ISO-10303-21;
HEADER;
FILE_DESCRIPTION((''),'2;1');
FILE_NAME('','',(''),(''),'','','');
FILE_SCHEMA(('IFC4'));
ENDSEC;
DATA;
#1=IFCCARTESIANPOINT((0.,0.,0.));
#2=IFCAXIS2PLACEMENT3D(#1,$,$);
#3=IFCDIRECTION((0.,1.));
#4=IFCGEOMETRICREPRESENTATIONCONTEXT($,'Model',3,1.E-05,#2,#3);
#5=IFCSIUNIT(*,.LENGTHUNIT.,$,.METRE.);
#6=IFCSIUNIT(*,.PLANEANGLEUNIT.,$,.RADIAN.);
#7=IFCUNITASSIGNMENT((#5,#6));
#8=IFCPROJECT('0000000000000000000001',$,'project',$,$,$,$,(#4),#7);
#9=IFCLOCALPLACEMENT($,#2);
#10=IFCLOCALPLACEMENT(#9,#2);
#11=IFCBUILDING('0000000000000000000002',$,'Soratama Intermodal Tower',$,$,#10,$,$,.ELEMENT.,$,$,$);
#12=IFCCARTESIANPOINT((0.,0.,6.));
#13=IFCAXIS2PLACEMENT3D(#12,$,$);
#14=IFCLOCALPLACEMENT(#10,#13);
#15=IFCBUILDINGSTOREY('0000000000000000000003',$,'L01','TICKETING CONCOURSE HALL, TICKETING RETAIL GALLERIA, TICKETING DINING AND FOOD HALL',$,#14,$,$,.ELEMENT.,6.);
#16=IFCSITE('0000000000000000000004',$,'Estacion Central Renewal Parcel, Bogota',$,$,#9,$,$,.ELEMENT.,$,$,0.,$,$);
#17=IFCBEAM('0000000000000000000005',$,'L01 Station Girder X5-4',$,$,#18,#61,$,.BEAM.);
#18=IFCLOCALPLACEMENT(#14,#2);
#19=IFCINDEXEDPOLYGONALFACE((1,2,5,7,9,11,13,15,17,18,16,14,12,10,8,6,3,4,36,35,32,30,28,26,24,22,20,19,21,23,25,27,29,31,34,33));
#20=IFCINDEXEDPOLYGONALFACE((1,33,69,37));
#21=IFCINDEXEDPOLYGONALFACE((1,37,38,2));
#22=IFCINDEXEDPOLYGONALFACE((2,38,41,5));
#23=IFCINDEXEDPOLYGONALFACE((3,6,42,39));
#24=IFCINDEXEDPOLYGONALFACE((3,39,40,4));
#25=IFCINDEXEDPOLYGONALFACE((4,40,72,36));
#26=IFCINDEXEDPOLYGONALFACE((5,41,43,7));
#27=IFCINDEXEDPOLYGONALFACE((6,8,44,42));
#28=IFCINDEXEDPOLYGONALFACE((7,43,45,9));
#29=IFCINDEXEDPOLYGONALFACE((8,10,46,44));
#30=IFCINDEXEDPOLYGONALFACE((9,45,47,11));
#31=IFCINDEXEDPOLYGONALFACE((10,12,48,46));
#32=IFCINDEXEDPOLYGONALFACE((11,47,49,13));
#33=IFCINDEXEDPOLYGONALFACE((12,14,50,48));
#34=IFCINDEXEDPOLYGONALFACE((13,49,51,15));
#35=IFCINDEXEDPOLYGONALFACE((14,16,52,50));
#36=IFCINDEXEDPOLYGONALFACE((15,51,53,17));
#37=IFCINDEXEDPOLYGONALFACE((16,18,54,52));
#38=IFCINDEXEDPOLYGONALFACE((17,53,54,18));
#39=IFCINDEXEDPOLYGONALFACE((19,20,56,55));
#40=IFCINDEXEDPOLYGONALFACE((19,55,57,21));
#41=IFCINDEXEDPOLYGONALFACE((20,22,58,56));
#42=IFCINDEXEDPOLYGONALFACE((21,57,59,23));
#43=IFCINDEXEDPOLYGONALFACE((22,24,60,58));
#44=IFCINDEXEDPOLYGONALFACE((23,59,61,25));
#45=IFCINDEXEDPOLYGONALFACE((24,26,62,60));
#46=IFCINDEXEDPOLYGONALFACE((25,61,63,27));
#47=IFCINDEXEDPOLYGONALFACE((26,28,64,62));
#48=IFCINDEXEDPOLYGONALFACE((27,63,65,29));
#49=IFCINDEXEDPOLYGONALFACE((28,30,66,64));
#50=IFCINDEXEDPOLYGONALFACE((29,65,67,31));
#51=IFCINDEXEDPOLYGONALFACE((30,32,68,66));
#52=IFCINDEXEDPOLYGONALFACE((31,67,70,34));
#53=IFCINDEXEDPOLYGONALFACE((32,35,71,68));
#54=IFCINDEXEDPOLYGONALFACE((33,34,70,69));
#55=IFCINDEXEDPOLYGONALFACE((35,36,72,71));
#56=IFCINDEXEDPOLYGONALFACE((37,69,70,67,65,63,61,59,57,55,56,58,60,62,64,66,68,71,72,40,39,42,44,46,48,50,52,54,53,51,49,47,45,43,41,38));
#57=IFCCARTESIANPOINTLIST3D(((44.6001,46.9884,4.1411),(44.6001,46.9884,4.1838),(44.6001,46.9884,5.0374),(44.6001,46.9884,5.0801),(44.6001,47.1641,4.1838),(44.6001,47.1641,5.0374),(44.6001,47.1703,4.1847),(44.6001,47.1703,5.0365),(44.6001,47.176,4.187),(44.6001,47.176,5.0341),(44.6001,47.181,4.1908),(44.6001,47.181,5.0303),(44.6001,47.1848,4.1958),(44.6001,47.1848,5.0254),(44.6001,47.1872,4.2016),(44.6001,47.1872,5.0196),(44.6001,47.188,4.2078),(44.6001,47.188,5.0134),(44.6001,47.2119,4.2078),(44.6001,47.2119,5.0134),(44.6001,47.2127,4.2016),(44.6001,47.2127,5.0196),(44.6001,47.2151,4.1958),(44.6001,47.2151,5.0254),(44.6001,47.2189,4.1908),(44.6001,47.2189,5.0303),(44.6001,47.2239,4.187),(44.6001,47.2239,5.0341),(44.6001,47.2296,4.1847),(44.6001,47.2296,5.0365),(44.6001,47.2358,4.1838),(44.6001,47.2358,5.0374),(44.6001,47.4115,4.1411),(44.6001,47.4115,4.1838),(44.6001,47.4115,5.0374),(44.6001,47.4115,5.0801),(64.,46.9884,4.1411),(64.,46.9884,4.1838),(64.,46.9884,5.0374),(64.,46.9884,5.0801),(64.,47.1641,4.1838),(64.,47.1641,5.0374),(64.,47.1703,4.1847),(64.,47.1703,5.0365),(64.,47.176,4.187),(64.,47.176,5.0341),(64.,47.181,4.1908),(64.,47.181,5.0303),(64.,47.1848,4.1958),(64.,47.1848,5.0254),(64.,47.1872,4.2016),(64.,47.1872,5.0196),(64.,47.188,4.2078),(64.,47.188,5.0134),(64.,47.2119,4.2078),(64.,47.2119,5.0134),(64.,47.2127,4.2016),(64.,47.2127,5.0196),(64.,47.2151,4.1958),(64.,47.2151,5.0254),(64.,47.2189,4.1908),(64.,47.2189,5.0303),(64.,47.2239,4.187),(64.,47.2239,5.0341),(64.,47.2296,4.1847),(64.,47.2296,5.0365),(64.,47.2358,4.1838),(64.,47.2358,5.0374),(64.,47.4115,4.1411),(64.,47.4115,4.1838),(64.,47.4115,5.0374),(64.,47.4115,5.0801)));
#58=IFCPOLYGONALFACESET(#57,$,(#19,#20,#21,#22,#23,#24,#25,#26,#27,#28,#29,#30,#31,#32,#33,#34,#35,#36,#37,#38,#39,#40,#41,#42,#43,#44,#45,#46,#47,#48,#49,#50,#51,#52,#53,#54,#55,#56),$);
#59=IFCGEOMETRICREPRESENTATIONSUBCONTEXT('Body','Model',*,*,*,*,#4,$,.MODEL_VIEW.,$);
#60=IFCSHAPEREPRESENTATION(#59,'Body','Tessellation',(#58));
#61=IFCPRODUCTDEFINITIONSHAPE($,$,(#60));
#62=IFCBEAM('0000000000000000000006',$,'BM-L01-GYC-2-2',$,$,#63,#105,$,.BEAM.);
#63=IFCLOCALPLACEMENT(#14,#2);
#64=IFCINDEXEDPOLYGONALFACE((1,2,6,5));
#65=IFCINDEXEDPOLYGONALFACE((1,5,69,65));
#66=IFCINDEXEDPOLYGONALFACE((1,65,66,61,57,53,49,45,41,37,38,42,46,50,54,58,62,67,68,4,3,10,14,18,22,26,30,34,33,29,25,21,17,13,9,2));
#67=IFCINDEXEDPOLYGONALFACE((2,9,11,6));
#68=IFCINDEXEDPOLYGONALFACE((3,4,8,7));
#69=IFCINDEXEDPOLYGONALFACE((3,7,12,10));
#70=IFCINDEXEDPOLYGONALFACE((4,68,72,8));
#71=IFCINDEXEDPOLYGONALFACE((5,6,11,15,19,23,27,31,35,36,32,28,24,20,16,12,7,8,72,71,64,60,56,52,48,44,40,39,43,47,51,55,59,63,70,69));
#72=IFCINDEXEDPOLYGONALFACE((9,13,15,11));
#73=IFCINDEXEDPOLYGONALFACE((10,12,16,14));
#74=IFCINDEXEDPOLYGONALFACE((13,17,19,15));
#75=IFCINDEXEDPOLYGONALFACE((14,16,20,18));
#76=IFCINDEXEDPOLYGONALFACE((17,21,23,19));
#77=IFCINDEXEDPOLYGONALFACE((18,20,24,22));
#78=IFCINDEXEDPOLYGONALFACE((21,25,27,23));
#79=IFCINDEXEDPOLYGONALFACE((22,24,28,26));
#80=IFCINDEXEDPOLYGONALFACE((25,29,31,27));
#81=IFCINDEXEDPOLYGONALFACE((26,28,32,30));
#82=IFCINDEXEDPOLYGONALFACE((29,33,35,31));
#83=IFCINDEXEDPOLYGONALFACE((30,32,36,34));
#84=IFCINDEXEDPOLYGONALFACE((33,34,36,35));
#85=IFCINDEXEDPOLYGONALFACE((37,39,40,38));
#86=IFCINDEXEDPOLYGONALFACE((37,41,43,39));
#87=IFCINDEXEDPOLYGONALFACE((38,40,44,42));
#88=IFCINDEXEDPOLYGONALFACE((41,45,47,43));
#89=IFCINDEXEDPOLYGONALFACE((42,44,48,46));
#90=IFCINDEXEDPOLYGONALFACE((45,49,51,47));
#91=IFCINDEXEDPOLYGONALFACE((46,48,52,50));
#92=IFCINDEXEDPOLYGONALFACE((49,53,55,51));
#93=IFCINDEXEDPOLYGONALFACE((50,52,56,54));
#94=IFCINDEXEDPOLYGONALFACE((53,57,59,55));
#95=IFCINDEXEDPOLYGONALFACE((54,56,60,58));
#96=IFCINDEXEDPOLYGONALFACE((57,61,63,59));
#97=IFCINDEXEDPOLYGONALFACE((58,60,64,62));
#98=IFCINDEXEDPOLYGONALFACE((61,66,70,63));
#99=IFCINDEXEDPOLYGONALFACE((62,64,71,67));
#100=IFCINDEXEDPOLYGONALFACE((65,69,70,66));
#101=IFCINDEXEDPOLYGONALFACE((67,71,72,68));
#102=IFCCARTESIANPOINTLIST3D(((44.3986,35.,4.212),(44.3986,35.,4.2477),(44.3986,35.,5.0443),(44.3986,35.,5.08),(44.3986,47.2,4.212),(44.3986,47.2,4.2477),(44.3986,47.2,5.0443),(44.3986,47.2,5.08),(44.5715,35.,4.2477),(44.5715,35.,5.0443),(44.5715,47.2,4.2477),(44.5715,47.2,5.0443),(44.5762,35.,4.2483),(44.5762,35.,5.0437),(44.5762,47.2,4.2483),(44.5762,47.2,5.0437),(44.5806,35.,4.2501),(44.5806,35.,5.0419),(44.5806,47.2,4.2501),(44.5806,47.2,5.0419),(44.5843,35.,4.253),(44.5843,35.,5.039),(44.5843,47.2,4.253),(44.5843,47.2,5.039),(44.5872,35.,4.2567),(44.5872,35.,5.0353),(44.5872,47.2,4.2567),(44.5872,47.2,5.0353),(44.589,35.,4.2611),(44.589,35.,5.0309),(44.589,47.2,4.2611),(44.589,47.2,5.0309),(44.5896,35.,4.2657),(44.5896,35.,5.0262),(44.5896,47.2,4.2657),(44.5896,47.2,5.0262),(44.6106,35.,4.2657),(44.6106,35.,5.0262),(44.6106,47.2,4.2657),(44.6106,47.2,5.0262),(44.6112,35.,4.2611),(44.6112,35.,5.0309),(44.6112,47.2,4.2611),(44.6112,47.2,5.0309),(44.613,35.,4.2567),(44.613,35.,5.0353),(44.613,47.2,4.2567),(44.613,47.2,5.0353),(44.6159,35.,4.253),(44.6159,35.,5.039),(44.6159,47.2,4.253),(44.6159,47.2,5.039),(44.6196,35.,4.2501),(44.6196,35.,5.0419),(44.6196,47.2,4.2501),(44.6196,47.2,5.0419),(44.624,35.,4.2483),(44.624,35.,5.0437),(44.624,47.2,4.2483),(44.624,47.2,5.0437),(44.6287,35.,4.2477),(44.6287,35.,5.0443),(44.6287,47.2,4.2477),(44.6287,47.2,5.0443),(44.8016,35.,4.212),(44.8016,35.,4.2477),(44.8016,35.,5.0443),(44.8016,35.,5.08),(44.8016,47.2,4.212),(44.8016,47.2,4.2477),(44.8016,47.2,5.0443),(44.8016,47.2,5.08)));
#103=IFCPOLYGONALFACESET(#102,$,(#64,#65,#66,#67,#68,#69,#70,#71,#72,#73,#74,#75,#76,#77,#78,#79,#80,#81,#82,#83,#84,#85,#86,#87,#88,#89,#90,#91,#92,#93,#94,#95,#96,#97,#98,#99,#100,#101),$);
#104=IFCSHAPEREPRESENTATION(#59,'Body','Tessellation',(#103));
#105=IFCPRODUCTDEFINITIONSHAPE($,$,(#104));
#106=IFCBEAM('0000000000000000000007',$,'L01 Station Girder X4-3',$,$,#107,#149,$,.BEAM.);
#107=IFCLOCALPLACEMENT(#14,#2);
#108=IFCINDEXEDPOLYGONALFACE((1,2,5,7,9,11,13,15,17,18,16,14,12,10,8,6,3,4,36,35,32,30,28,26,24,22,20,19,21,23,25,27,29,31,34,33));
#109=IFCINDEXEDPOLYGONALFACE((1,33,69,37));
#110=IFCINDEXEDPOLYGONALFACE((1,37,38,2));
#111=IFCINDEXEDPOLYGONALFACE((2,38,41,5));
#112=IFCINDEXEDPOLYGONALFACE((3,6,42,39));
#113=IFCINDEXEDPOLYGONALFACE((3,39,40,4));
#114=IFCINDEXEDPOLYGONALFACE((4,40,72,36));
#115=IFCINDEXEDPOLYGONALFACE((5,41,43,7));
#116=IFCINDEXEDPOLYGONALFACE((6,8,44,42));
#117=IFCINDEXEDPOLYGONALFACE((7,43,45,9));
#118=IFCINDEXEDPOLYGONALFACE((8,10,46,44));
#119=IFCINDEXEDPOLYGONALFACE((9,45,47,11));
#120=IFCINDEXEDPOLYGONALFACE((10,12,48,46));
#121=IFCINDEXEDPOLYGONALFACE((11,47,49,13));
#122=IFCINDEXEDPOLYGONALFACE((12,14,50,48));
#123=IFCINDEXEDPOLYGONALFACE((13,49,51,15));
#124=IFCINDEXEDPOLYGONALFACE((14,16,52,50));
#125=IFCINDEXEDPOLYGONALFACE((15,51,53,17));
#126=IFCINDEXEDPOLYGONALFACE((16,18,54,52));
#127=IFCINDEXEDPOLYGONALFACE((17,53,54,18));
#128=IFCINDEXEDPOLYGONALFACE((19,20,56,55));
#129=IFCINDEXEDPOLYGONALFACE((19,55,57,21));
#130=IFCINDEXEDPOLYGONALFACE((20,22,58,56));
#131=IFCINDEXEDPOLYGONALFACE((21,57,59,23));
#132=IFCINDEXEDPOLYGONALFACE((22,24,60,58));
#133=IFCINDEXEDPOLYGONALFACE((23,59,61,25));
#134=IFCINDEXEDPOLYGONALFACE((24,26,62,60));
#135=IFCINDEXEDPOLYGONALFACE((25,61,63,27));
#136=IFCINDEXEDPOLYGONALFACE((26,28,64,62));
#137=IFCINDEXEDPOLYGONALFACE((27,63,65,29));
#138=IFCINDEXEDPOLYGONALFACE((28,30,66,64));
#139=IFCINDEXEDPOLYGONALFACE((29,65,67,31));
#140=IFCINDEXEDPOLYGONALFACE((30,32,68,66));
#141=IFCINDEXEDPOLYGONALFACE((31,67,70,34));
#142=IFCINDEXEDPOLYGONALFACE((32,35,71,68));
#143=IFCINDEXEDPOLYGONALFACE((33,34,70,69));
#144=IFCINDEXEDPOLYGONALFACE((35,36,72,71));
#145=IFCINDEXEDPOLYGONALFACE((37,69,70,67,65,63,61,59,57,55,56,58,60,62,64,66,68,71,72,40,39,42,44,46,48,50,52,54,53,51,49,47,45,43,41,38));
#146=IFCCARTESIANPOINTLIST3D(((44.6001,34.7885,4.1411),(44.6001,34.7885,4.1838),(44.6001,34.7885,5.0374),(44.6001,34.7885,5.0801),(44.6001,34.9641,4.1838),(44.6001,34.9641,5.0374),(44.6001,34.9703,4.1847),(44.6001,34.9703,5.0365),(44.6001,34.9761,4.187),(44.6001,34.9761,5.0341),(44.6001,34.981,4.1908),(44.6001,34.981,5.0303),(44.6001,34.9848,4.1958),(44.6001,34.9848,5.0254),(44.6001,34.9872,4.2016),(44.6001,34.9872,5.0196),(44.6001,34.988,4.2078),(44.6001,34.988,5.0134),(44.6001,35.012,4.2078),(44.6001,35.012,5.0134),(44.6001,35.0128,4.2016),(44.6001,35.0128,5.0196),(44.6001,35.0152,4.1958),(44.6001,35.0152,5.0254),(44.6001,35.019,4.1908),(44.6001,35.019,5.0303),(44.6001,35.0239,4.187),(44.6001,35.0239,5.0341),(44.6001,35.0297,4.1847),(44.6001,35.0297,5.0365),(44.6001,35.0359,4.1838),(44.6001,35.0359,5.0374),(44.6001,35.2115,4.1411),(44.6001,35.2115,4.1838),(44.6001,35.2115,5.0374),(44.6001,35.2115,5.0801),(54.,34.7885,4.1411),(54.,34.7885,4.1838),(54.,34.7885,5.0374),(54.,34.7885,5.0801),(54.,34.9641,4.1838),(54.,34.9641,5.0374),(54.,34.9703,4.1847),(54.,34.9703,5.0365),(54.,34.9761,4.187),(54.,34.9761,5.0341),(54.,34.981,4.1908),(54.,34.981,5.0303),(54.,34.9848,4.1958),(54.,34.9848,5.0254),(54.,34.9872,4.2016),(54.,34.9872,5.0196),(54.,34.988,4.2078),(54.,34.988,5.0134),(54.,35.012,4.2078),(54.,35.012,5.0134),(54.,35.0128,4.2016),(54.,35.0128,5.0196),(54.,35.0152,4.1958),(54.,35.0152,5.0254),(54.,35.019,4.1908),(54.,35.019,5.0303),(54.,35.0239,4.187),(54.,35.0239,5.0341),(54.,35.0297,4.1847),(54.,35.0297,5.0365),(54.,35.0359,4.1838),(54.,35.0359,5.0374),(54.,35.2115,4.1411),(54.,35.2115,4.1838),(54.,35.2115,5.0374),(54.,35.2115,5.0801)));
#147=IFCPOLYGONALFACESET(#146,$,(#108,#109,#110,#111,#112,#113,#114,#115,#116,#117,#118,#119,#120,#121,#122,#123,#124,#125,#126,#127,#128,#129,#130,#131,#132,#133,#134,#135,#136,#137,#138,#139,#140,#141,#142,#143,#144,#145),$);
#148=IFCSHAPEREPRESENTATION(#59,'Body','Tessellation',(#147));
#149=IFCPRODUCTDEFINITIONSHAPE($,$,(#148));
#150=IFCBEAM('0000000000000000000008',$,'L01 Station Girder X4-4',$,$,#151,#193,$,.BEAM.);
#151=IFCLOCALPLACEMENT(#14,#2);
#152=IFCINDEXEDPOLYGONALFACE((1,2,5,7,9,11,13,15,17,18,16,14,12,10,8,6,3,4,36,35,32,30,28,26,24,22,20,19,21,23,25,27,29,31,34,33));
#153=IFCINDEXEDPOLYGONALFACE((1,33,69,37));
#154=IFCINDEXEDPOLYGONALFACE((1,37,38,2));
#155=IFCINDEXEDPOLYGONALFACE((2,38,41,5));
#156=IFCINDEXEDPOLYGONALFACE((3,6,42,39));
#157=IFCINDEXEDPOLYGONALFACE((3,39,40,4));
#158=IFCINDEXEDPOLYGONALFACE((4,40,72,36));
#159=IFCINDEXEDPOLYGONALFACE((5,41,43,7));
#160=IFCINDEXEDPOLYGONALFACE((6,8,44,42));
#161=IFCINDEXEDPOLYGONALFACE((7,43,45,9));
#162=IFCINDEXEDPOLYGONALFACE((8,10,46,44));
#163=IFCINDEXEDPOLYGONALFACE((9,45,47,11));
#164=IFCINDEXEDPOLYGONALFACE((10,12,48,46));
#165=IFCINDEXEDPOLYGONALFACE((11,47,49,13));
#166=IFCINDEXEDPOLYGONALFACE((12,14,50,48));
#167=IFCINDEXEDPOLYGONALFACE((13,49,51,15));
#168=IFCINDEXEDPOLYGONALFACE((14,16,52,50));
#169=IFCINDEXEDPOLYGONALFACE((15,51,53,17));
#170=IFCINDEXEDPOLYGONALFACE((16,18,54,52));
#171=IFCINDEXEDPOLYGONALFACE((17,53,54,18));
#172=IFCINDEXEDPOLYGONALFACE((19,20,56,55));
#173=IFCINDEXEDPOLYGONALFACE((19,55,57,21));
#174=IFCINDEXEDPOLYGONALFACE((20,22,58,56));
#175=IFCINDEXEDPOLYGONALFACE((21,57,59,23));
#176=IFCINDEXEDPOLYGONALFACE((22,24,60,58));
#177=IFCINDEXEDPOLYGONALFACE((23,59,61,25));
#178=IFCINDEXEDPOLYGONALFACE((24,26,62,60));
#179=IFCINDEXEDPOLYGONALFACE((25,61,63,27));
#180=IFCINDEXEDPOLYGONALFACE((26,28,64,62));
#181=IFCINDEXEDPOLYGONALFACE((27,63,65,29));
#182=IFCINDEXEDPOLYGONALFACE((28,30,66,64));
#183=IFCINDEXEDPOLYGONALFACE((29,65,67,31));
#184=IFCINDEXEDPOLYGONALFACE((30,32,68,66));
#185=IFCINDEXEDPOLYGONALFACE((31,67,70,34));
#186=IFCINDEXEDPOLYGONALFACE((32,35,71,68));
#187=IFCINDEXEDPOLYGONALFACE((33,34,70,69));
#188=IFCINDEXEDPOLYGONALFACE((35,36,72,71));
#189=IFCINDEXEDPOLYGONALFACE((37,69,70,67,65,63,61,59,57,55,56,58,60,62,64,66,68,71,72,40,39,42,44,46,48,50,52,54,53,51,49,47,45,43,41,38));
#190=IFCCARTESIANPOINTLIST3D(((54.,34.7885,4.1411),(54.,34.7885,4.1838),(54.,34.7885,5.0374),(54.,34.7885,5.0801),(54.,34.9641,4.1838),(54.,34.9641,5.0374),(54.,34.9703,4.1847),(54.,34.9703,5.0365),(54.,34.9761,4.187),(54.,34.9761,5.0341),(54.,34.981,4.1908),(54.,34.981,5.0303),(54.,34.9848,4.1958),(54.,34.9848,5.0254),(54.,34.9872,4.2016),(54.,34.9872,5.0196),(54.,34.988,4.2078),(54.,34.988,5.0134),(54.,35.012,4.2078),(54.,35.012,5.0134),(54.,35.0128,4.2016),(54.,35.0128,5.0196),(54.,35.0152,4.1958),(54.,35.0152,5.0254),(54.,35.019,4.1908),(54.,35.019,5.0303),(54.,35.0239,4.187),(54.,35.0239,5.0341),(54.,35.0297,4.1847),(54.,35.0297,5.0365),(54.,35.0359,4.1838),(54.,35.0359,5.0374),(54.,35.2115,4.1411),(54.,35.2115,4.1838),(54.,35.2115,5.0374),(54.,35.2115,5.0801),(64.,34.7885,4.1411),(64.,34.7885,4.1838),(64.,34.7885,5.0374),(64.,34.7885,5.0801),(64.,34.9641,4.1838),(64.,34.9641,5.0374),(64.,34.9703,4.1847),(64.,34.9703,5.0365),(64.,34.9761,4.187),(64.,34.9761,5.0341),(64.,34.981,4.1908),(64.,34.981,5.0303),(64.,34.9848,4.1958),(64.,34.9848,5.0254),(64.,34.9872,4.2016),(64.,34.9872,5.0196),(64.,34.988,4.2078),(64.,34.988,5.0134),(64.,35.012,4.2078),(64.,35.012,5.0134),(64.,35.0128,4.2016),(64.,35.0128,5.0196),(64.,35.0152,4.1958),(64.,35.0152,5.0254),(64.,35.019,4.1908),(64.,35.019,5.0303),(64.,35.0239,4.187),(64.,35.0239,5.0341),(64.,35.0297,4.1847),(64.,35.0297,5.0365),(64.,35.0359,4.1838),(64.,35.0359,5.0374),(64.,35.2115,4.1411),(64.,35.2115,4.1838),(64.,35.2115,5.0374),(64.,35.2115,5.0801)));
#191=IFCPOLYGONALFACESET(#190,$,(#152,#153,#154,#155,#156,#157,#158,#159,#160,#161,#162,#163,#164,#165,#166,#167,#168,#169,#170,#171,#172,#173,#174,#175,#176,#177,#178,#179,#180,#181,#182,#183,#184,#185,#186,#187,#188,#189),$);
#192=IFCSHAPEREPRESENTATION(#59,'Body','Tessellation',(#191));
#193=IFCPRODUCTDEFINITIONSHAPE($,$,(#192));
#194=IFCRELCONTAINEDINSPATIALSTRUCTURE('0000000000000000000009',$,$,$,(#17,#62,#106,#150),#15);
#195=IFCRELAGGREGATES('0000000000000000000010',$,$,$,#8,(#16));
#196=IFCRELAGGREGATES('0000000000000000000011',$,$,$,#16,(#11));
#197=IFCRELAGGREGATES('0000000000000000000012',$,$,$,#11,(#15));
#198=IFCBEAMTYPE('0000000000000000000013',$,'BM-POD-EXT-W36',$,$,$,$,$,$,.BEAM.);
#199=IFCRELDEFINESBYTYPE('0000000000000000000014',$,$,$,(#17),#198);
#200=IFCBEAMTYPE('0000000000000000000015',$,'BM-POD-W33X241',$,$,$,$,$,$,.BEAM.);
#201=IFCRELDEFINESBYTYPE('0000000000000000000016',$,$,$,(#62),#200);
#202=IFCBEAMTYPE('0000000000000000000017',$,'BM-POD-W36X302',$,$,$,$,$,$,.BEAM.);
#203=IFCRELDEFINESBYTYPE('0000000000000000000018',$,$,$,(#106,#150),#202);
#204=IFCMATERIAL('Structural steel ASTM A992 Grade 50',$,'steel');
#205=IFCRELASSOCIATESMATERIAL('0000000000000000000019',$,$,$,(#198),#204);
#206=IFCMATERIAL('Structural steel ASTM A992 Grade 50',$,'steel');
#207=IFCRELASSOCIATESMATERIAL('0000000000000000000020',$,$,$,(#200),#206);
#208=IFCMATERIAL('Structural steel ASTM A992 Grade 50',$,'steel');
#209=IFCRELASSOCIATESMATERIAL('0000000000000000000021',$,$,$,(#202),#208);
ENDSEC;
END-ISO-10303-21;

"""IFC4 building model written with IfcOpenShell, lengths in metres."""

from ifc_helpers import new_model, si_unit, direction, frame, origin, origin_2d, place, context, subcontext, project, spatial, i_section, extrude, material, material_profile, profile_set, type_object, element, save


model = new_model("IFC4")

# Units and contexts
model_context = context("Model", 3, precision=1e-05, world=origin(), true_north=direction((0.0, 1.0)))
body_context = subcontext(model_context, "Body", "Model", "MODEL_VIEW")
ifc_project = project(units=[si_unit("LENGTHUNIT", "METRE"), si_unit("PLANEANGLEUNIT", "RADIAN")], contexts=[model_context])

# Site, building, storey
site_placement = place(None, origin())
site = spatial("IfcSite", under=ifc_project, at=site_placement, Name="Estacion Central Renewal Parcel, Bogota", CompositionType="ELEMENT", RefElevation=0.0)
building_placement = place(site_placement, origin())
building = spatial("IfcBuilding", under=site, at=building_placement, Name="Soratama Intermodal Tower", CompositionType="ELEMENT")
storey_placement = place(building_placement, frame((0.0, 0.0, 6.0)))
storey = spatial("IfcBuildingStorey", under=building, at=storey_placement, Name="L01", Description="TICKETING CONCOURSE HALL, TICKETING RETAIL GALLERIA, TICKETING DINING AND FOOD HALL", CompositionType="ELEMENT", Elevation=6.0)

# Beams
ifc_material_1 = material(Name="Structural steel ASTM A992 Grade 50", Category="steel")
ifc_material_profile_1 = material_profile(ifc_material_1, i_section(OverallWidth=0.4231, OverallDepth=0.939, WebThickness=0.0239, FlangeThickness=0.0427, FilletRadius=0.0239, at=origin_2d()), Name="W36X302")
ifc_profile_set_1 = profile_set([ifc_material_profile_1], Name="Structural steel ASTM A992 Grade 50")
beam_type_1 = type_object("IfcBeamType", Name="BM-POD-EXT-W36", PredefinedType="BEAM", material=ifc_profile_set_1)
beam_1_placement = place(storey_placement, frame((44.6001, 47.2, 4.6106), z_axis=(1.0, 0.0, 0.0), x_axis=(0.0, 1.0, 0.0)))
element("IfcBeam", 1, at=beam_1_placement, inside=storey, type_object=beam_type_1, Name="L01 Station Girder X5-4", PredefinedType="BEAM", context=body_context, shape_type="SweptSolid", body=[
    extrude(i_section(OverallWidth=0.4231, OverallDepth=0.939, WebThickness=0.0239, FlangeThickness=0.0427, FilletRadius=0.0239, at=origin_2d()), origin(), (0.0, 0.0, 1.0), 19.3999),
])
ifc_material_2 = material(Name="Structural steel ASTM A992 Grade 50", Category="steel")
ifc_material_profile_2 = material_profile(ifc_material_2, i_section(OverallWidth=0.4031, OverallDepth=0.8679, WebThickness=0.021, FlangeThickness=0.0356, FilletRadius=0.0181, at=origin_2d()), Name="W33X241")
ifc_profile_set_2 = profile_set([ifc_material_profile_2], Name="Structural steel ASTM A992 Grade 50")
beam_type_2 = type_object("IfcBeamType", Name="BM-POD-W33X241", PredefinedType="BEAM", material=ifc_profile_set_2)
beam_2_placement = place(storey_placement, frame((44.6001, 35.0, 4.646), z_axis=(0.0, 1.0, 0.0), x_axis=(-1.0, 0.0, 0.0)))
element("IfcBeam", 2, at=beam_2_placement, inside=storey, type_object=beam_type_2, Name="BM-L01-GYC-2-2", PredefinedType="BEAM", context=body_context, shape_type="SweptSolid", body=[
    extrude(i_section(OverallWidth=0.4031, OverallDepth=0.8679, WebThickness=0.021, FlangeThickness=0.0356, FilletRadius=0.0181, at=origin_2d()), origin(), (0.0, 0.0, 1.0), 12.2),
])
ifc_material_3 = material(Name="Structural steel ASTM A992 Grade 50", Category="steel")
ifc_material_profile_3 = material_profile(ifc_material_3, i_section(OverallWidth=0.4231, OverallDepth=0.939, WebThickness=0.0239, FlangeThickness=0.0427, FilletRadius=0.0239, at=origin_2d()), Name="W36X302")
ifc_profile_set_3 = profile_set([ifc_material_profile_3], Name="Structural steel ASTM A992 Grade 50")
beam_type_3 = type_object("IfcBeamType", Name="BM-POD-W36X302", PredefinedType="BEAM", material=ifc_profile_set_3)
beam_3_placement = place(storey_placement, frame((44.6001, 35.0, 4.6106), z_axis=(1.0, 0.0, 0.0), x_axis=(0.0, 1.0, 0.0)))
element("IfcBeam", 3, at=beam_3_placement, inside=storey, type_object=beam_type_3, Name="L01 Station Girder X4-3", PredefinedType="BEAM", context=body_context, shape_type="SweptSolid", body=[
    extrude(i_section(OverallWidth=0.4231, OverallDepth=0.939, WebThickness=0.0239, FlangeThickness=0.0427, FilletRadius=0.0239, at=origin_2d()), origin(), (0.0, 0.0, 1.0), 9.3999),
])
beam_4_placement = place(storey_placement, frame((54.0, 35.0, 4.6106), z_axis=(1.0, 0.0, 0.0), x_axis=(0.0, 1.0, 0.0)))
element("IfcBeam", 4, at=beam_4_placement, inside=storey, type_object=beam_type_3, Name="L01 Station Girder X4-4", PredefinedType="BEAM", context=body_context, shape_type="SweptSolid", body=[
    extrude(i_section(OverallWidth=0.4231, OverallDepth=0.939, WebThickness=0.0239, FlangeThickness=0.0427, FilletRadius=0.0239, at=origin_2d()), origin(), (0.0, 0.0, 1.0), 10.0),
])

save(model, "model.ifc")
